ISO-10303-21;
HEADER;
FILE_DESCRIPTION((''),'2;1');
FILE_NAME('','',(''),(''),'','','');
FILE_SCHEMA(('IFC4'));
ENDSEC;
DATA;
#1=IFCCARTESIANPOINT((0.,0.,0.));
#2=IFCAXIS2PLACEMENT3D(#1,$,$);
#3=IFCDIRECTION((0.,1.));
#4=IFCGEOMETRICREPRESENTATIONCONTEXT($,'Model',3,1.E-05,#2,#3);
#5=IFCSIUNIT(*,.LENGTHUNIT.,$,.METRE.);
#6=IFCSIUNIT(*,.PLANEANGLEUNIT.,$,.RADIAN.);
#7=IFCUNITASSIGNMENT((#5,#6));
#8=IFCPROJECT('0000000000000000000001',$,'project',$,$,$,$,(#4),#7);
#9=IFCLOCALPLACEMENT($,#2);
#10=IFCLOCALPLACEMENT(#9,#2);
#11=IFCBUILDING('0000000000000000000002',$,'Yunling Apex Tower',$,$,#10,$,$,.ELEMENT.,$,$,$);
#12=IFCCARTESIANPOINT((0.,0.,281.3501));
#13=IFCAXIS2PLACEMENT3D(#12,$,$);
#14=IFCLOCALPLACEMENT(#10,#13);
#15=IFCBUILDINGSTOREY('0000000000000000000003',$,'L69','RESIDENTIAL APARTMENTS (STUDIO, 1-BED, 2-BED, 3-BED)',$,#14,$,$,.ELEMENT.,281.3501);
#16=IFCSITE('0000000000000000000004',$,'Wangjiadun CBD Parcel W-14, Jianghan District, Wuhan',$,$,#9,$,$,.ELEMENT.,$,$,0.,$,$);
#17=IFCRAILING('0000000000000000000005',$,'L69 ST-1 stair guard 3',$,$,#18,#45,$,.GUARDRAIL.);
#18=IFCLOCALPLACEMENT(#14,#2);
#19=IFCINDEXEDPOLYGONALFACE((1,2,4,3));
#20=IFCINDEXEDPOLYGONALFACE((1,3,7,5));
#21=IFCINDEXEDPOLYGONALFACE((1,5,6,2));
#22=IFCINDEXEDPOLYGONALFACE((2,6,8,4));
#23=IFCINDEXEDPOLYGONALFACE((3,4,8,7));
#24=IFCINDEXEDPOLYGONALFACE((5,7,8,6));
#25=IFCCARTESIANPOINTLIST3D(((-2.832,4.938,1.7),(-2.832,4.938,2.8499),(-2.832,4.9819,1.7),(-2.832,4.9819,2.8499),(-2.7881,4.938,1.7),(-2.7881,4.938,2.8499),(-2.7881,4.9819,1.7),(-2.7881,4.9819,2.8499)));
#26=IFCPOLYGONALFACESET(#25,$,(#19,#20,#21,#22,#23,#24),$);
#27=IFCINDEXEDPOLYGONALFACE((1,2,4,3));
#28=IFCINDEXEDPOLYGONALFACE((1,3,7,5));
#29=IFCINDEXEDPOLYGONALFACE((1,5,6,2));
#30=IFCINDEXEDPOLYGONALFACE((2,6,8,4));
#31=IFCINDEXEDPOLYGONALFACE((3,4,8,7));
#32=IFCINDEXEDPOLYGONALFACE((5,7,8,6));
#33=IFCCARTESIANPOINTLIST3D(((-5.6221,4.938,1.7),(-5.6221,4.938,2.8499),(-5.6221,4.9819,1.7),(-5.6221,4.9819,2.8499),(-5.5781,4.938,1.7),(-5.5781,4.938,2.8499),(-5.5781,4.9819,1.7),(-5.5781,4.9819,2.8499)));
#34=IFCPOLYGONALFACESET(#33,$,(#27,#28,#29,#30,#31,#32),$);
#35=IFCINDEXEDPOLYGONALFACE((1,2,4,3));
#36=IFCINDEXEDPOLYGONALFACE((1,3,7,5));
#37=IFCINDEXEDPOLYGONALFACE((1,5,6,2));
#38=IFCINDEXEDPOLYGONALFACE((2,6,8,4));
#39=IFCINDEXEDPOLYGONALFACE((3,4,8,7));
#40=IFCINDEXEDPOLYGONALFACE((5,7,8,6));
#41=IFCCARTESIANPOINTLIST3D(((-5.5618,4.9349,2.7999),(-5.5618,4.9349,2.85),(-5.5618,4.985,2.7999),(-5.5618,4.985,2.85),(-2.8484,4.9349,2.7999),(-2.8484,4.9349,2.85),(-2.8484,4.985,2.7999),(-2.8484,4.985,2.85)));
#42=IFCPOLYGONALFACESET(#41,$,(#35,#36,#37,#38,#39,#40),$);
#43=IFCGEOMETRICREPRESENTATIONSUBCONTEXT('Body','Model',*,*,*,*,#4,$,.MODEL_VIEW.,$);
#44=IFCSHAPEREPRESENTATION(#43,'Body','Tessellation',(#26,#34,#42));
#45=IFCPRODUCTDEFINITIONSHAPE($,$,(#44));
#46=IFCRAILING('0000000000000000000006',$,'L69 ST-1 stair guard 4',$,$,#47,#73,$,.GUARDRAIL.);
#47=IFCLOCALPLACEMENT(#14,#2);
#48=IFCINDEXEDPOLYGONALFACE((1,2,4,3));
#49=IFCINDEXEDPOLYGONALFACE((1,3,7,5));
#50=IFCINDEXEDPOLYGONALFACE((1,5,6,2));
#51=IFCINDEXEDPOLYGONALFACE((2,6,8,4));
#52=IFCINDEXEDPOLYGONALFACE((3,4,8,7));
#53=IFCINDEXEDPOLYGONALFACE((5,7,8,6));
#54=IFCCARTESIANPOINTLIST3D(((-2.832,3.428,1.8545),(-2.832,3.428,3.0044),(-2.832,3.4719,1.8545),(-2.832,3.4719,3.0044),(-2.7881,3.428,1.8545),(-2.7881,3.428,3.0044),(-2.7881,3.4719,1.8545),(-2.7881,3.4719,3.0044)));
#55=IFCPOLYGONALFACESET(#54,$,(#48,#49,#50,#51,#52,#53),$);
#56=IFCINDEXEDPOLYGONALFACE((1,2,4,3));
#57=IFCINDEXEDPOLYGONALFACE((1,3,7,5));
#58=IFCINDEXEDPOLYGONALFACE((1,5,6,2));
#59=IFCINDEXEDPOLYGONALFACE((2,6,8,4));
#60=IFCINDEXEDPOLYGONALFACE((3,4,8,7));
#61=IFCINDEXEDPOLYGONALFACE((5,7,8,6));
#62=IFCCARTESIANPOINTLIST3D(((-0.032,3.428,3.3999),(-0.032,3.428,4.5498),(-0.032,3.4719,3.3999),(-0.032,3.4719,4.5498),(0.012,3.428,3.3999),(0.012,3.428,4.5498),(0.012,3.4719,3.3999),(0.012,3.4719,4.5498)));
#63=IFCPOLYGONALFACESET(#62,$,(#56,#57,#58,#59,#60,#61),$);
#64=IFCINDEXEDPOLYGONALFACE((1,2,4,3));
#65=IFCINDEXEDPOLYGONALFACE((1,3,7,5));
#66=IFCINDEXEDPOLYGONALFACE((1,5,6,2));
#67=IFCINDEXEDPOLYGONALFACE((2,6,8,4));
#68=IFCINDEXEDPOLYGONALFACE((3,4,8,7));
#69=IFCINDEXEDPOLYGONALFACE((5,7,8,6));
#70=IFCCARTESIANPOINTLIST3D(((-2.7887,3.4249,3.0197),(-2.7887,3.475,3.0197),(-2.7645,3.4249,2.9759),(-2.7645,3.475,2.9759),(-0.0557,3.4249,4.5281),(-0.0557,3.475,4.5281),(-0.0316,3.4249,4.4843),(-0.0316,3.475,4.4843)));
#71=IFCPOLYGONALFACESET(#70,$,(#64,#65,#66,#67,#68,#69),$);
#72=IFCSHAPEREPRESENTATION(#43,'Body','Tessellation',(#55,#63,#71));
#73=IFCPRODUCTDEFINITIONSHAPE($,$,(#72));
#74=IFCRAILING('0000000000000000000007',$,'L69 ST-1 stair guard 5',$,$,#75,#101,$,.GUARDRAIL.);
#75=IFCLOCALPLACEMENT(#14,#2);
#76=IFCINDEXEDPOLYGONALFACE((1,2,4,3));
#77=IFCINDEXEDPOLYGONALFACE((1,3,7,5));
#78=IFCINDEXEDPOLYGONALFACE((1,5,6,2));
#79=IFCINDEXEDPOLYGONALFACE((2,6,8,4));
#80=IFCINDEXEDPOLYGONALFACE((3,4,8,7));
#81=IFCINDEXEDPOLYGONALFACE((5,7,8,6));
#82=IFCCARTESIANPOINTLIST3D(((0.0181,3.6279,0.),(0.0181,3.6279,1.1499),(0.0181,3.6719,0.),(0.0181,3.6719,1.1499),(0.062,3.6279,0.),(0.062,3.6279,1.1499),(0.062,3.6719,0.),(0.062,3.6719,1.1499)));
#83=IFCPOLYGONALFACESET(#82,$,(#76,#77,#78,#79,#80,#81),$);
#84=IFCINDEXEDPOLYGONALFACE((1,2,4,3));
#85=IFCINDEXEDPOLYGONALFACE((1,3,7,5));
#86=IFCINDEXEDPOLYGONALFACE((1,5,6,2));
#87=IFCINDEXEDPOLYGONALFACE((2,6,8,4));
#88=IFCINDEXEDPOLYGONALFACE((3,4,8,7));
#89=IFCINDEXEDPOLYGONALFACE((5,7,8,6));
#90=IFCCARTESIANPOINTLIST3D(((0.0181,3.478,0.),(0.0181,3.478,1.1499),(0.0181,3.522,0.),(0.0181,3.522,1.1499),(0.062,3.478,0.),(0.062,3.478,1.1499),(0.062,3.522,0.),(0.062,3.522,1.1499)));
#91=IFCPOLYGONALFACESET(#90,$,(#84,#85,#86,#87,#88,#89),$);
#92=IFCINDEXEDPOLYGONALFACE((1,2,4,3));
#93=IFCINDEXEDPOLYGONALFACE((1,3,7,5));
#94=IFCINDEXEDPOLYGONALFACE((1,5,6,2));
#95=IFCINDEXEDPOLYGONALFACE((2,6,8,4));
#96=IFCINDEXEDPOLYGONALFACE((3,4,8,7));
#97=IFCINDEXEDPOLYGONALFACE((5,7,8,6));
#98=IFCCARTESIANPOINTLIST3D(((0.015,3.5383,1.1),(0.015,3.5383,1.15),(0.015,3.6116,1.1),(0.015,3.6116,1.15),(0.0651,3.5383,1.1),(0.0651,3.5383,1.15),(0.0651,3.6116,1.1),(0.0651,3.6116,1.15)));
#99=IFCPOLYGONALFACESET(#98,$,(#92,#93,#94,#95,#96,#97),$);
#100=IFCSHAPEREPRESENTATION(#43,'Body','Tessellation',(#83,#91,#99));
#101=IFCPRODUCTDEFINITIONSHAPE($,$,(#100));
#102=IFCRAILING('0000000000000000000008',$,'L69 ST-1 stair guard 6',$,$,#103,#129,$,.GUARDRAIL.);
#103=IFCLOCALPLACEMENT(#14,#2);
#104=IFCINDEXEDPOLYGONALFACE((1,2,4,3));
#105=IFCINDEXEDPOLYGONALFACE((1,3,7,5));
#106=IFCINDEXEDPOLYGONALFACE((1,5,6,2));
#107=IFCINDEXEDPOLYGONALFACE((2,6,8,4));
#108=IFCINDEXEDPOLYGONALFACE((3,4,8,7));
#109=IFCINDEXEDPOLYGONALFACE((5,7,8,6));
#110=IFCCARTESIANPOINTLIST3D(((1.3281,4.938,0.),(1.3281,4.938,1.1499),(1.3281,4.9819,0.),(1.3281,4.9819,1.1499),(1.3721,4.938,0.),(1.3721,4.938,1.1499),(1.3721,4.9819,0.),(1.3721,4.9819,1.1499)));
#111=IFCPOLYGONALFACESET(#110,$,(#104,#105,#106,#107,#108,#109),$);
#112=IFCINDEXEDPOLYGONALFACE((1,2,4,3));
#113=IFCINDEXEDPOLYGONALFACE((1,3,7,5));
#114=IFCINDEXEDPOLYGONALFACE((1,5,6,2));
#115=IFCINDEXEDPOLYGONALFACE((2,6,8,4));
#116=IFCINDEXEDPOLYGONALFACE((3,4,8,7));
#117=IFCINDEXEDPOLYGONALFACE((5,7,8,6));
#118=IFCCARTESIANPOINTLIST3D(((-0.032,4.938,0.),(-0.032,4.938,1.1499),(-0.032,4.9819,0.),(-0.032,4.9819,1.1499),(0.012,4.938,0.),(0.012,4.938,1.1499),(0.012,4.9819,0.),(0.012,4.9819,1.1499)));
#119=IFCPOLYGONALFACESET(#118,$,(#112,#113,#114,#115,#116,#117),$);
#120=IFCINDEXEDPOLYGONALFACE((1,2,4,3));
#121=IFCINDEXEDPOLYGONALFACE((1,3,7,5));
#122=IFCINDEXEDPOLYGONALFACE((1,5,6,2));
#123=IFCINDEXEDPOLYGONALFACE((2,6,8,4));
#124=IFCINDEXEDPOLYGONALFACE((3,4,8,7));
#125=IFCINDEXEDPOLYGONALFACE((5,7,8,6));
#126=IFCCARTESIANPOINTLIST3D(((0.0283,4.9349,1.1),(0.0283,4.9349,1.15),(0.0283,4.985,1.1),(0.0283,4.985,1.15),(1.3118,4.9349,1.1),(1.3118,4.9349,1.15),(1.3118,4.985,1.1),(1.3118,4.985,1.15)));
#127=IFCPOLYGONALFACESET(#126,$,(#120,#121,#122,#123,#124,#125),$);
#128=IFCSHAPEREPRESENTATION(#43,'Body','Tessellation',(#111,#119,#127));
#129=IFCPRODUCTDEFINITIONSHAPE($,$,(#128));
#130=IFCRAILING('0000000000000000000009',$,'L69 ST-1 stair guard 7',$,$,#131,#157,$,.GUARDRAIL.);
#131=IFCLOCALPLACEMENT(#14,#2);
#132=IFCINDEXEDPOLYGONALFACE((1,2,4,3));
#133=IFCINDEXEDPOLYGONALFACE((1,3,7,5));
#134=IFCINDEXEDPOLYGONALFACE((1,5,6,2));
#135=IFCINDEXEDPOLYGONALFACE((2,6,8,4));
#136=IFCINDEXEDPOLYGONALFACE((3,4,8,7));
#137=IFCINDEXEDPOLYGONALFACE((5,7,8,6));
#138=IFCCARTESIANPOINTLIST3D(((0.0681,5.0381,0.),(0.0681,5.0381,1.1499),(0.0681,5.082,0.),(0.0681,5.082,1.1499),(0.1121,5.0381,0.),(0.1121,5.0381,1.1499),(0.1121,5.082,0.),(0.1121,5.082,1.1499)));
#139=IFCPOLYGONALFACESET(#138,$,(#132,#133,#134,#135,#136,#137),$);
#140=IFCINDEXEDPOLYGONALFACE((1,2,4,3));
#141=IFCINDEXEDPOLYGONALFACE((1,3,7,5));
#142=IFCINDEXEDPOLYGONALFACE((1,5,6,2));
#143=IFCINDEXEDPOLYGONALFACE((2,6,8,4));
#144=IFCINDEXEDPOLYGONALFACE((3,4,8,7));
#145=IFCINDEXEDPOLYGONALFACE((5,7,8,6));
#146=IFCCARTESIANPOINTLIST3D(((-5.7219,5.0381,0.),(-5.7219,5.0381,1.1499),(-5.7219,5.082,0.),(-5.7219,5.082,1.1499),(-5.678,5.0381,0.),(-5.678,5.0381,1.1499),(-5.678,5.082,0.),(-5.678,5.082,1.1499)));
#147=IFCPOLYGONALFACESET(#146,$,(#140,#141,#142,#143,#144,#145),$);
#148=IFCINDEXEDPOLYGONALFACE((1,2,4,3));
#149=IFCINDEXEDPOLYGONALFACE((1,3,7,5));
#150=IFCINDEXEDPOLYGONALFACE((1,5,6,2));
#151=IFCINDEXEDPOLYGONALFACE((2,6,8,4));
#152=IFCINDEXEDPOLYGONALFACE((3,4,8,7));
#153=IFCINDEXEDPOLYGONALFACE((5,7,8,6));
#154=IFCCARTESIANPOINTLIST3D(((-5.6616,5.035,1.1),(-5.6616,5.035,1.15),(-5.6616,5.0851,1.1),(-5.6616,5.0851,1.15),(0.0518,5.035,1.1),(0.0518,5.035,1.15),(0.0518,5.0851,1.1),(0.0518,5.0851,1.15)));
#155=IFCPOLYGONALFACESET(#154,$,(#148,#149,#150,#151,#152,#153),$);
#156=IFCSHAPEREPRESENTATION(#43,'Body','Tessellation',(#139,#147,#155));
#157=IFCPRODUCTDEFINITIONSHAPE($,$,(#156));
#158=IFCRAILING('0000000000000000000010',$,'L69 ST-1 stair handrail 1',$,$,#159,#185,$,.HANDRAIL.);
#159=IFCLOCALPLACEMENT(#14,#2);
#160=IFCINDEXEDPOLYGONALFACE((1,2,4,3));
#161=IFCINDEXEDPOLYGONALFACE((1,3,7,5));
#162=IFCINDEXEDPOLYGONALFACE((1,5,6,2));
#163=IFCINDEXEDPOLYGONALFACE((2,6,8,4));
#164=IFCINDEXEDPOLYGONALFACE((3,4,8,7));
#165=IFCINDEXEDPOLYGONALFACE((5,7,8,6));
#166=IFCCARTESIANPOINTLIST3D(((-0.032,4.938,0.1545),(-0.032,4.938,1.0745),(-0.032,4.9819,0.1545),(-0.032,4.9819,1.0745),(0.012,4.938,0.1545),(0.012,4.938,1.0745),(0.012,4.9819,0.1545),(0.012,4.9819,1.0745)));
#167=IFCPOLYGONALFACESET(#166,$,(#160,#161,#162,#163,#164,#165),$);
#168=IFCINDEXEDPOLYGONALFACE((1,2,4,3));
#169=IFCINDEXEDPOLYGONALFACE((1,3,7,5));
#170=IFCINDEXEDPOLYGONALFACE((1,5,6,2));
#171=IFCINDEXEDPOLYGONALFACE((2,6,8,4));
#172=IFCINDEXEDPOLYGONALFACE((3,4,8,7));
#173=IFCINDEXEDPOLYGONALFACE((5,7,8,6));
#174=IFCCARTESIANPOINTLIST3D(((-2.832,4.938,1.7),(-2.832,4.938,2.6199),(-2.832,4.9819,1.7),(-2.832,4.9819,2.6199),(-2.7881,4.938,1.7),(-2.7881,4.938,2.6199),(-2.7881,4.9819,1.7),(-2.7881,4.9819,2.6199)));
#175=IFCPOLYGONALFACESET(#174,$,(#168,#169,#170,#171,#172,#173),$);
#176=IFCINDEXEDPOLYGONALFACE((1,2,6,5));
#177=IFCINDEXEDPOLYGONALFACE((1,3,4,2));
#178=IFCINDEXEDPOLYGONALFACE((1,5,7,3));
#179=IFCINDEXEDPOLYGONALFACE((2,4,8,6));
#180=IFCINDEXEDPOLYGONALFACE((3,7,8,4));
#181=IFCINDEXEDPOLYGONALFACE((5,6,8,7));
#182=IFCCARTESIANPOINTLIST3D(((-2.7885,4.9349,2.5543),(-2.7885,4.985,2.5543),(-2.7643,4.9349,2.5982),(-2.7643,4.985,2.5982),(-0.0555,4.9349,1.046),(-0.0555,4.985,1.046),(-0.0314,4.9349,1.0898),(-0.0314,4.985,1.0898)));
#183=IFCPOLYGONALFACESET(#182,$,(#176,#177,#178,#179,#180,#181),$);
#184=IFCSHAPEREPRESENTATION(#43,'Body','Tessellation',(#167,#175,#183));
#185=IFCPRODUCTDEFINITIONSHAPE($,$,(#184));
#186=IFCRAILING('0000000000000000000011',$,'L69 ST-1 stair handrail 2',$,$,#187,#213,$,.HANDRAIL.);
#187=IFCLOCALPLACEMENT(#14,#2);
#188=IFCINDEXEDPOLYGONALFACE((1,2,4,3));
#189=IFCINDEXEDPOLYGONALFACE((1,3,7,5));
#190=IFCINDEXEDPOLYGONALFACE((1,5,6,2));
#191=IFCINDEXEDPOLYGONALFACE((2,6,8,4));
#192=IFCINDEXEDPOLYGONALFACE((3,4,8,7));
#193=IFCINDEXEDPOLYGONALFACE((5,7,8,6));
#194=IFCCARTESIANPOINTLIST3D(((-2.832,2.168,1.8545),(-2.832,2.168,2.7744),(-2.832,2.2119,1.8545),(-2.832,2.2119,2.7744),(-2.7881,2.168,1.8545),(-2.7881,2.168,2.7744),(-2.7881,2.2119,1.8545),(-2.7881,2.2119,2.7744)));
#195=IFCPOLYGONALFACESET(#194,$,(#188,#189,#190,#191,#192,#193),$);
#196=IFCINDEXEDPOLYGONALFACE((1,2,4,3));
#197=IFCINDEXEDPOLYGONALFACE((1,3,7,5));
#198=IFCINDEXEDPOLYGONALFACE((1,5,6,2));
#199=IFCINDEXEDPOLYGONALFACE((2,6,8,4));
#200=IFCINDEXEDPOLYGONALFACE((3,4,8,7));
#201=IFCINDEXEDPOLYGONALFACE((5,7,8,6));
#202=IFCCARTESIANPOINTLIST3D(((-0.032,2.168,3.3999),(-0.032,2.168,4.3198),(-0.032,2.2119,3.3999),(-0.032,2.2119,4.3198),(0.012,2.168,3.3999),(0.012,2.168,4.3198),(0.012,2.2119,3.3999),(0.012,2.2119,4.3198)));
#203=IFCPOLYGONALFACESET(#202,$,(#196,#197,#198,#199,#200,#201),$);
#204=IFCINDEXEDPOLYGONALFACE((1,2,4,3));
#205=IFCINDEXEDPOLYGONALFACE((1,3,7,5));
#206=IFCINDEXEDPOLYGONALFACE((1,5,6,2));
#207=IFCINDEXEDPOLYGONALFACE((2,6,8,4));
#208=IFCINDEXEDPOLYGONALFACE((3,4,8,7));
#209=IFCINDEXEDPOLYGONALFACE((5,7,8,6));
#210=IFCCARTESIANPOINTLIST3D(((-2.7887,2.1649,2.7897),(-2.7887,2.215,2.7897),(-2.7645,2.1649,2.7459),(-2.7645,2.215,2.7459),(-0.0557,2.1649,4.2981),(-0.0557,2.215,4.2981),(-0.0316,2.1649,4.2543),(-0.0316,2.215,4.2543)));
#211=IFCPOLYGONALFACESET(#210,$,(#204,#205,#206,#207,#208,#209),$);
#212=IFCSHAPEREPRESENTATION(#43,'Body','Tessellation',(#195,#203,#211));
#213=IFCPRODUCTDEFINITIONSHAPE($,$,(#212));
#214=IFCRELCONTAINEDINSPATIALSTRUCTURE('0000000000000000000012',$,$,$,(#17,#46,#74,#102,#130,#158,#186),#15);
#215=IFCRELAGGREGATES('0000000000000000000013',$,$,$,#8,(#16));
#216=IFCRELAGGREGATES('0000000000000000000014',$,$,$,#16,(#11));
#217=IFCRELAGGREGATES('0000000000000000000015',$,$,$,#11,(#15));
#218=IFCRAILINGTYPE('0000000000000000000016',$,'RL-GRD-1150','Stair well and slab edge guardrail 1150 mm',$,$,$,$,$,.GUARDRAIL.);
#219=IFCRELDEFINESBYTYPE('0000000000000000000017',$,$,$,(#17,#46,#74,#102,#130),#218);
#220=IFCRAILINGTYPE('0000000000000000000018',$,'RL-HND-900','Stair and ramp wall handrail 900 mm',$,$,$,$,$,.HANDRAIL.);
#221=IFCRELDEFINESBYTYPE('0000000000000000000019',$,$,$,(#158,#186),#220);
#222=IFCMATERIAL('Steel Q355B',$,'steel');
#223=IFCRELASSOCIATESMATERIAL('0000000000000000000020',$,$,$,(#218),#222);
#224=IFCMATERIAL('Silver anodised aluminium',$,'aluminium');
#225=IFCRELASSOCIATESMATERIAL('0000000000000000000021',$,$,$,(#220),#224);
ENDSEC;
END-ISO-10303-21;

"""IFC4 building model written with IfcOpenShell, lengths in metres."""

from ifc_helpers import new_model, si_unit, direction, frame, origin, origin_2d, place, context, subcontext, project, spatial, rectangle, extrude, material, type_object, element, save


model = new_model("IFC4")

# Units and contexts
model_context = context("Model", 3, precision=1e-05, world=origin(), true_north=direction((0.0, 1.0)))
body_context = subcontext(model_context, "Body", "Model", "MODEL_VIEW")
ifc_project = project(units=[si_unit("LENGTHUNIT", "METRE"), si_unit("PLANEANGLEUNIT", "RADIAN")], contexts=[model_context])

# Site, building, storey
site_placement = place(None, origin())
site = spatial("IfcSite", under=ifc_project, at=site_placement, Name="Wangjiadun CBD Parcel W-14, Jianghan District, Wuhan", CompositionType="ELEMENT", RefElevation=0.0)
building_placement = place(site_placement, origin())
building = spatial("IfcBuilding", under=site, at=building_placement, Name="Yunling Apex Tower", CompositionType="ELEMENT")
storey_placement = place(building_placement, frame((0.0, 0.0, 281.3501)))
storey = spatial("IfcBuildingStorey", under=building, at=storey_placement, Name="L69", Description="RESIDENTIAL APARTMENTS (STUDIO, 1-BED, 2-BED, 3-BED)", CompositionType="ELEMENT", Elevation=281.3501)

# Shared definitions
ifc_material_1 = material(Name="Steel Q355B", Category="steel")

# Railings
railing_type_1 = type_object("IfcRailingType", Name="RL-GRD-1150", Description="Stair well and slab edge guardrail 1150 mm", PredefinedType="GUARDRAIL", material=ifc_material_1)
railing_1_placement = place(storey_placement, frame((-2.8101, 4.96, 1.7)))
element("IfcRailing", 1, at=railing_1_placement, inside=storey, type_object=railing_type_1, Name="L69 ST-1 stair guard 3", PredefinedType="GUARDRAIL", context=body_context, shape_type="SweptSolid", body=[
    extrude(rectangle(XDim=0.0439, YDim=0.0439, at=origin_2d()), origin(), (0.0, 0.0, 1.0), 1.1499),
    extrude(rectangle(XDim=0.0439, YDim=0.0439, at=origin_2d()), frame((-2.79, 0.0, 0.0)), (0.0, 0.0, 1.0), 1.1499),
    extrude(rectangle(XDim=0.05, YDim=0.05, at=origin_2d()), frame((-0.0383, 0.0, 1.125), z_axis=(-1.0, 0.0, 0.0), x_axis=(0.0, -1.0, 0.0)), (0.0, 0.0, 1.0), 2.7134),
])
railing_2_placement = place(storey_placement, frame((-2.8101, 3.45, 1.8545)))
element("IfcRailing", 2, at=railing_2_placement, inside=storey, type_object=railing_type_1, Name="L69 ST-1 stair guard 4", PredefinedType="GUARDRAIL", context=body_context, shape_type="SweptSolid", body=[
    extrude(rectangle(XDim=0.0439, YDim=0.0439, at=origin_2d()), origin(), (0.0, 0.0, 1.0), 1.1499),
    extrude(rectangle(XDim=0.0439, YDim=0.0439, at=origin_2d()), frame((2.8, 0.0, 1.5454)), (0.0, 0.0, 1.0), 1.1499),
    extrude(rectangle(XDim=0.05, YDim=0.05, at=origin_2d()), frame((0.0334, 0.0, 1.1433), z_axis=(0.875504, 0.0, 0.483211), x_axis=(0.0, 1.0, 0.0)), (0.0, 0.0, 1.0), 3.1216),
])
railing_3_placement = place(storey_placement, frame((0.04, 3.6499, 0.0)))
element("IfcRailing", 3, at=railing_3_placement, inside=storey, type_object=railing_type_1, Name="L69 ST-1 stair guard 5", PredefinedType="GUARDRAIL", context=body_context, shape_type="SweptSolid", body=[
    extrude(rectangle(XDim=0.0439, YDim=0.0439, at=origin_2d()), origin(), (0.0, 0.0, 1.0), 1.1499),
    extrude(rectangle(XDim=0.0439, YDim=0.0439, at=origin_2d()), frame((0.0, -0.1499, 0.0)), (0.0, 0.0, 1.0), 1.1499),
    extrude(rectangle(XDim=0.05, YDim=0.05, at=origin_2d()), frame((0.0, -0.0383, 1.125), z_axis=(0.0, -1.0, 0.0), x_axis=(1.0, 0.0, 0.0)), (0.0, 0.0, 1.0), 0.0732),
])
railing_4_placement = place(storey_placement, frame((1.3501, 4.96, 0.0)))
element("IfcRailing", 4, at=railing_4_placement, inside=storey, type_object=railing_type_1, Name="L69 ST-1 stair guard 6", PredefinedType="GUARDRAIL", context=body_context, shape_type="SweptSolid", body=[
    extrude(rectangle(XDim=0.0439, YDim=0.0439, at=origin_2d()), origin(), (0.0, 0.0, 1.0), 1.1499),
    extrude(rectangle(XDim=0.0439, YDim=0.0439, at=origin_2d()), frame((-1.3601, 0.0, 0.0)), (0.0, 0.0, 1.0), 1.1499),
    extrude(rectangle(XDim=0.05, YDim=0.05, at=origin_2d()), frame((-0.0383, 0.0, 1.125), z_axis=(-1.0, 0.0, 0.0), x_axis=(0.0, -1.0, 0.0)), (0.0, 0.0, 1.0), 1.2834),
])
railing_5_placement = place(storey_placement, frame((0.0901, 5.0601, 0.0)))
element("IfcRailing", 5, at=railing_5_placement, inside=storey, type_object=railing_type_1, Name="L69 ST-1 stair guard 7", PredefinedType="GUARDRAIL", context=body_context, shape_type="SweptSolid", body=[
    extrude(rectangle(XDim=0.0439, YDim=0.0439, at=origin_2d()), origin(), (0.0, 0.0, 1.0), 1.1499),
    extrude(rectangle(XDim=0.0439, YDim=0.0439, at=origin_2d()), frame((-5.79, 0.0, 0.0)), (0.0, 0.0, 1.0), 1.1499),
    extrude(rectangle(XDim=0.05, YDim=0.05, at=origin_2d()), frame((-0.0383, 0.0, 1.125), z_axis=(-1.0, 0.0, 0.0), x_axis=(0.0, -1.0, 0.0)), (0.0, 0.0, 1.0), 5.7134),
])
ifc_material_2 = material(Name="Silver anodised aluminium", Category="aluminium")
railing_type_2 = type_object("IfcRailingType", Name="RL-HND-900", Description="Stair and ramp wall handrail 900 mm", PredefinedType="HANDRAIL", material=ifc_material_2)
railing_6_placement = place(storey_placement, frame((-0.01, 4.96, 0.1545)))
element("IfcRailing", 6, at=railing_6_placement, inside=storey, type_object=railing_type_2, Name="L69 ST-1 stair handrail 1", PredefinedType="HANDRAIL", context=body_context, shape_type="SweptSolid", body=[
    extrude(rectangle(XDim=0.0439, YDim=0.0439, at=origin_2d()), origin(), (0.0, 0.0, 1.0), 0.9199),
    extrude(rectangle(XDim=0.0439, YDim=0.0439, at=origin_2d()), frame((-2.8, 0.0, 1.5454)), (0.0, 0.0, 1.0), 0.9199),
    extrude(rectangle(XDim=0.05, YDim=0.05, at=origin_2d()), frame((-0.0334, 0.0, 0.9133), z_axis=(-0.875504, 0.0, 0.483211), x_axis=(0.0, -1.0, 0.0)), (0.0, 0.0, 1.0), 3.1216),
])
railing_7_placement = place(storey_placement, frame((-2.8101, 2.1899, 1.8545)))
element("IfcRailing", 7, at=railing_7_placement, inside=storey, type_object=railing_type_2, Name="L69 ST-1 stair handrail 2", PredefinedType="HANDRAIL", context=body_context, shape_type="SweptSolid", body=[
    extrude(rectangle(XDim=0.0439, YDim=0.0439, at=origin_2d()), origin(), (0.0, 0.0, 1.0), 0.9199),
    extrude(rectangle(XDim=0.0439, YDim=0.0439, at=origin_2d()), frame((2.8, 0.0, 1.5454)), (0.0, 0.0, 1.0), 0.9199),
    extrude(rectangle(XDim=0.05, YDim=0.05, at=origin_2d()), frame((0.0334, 0.0, 0.9133), z_axis=(0.875504, 0.0, 0.483211), x_axis=(0.0, 1.0, 0.0)), (0.0, 0.0, 1.0), 3.1216),
])

save(model, "model.ifc")
